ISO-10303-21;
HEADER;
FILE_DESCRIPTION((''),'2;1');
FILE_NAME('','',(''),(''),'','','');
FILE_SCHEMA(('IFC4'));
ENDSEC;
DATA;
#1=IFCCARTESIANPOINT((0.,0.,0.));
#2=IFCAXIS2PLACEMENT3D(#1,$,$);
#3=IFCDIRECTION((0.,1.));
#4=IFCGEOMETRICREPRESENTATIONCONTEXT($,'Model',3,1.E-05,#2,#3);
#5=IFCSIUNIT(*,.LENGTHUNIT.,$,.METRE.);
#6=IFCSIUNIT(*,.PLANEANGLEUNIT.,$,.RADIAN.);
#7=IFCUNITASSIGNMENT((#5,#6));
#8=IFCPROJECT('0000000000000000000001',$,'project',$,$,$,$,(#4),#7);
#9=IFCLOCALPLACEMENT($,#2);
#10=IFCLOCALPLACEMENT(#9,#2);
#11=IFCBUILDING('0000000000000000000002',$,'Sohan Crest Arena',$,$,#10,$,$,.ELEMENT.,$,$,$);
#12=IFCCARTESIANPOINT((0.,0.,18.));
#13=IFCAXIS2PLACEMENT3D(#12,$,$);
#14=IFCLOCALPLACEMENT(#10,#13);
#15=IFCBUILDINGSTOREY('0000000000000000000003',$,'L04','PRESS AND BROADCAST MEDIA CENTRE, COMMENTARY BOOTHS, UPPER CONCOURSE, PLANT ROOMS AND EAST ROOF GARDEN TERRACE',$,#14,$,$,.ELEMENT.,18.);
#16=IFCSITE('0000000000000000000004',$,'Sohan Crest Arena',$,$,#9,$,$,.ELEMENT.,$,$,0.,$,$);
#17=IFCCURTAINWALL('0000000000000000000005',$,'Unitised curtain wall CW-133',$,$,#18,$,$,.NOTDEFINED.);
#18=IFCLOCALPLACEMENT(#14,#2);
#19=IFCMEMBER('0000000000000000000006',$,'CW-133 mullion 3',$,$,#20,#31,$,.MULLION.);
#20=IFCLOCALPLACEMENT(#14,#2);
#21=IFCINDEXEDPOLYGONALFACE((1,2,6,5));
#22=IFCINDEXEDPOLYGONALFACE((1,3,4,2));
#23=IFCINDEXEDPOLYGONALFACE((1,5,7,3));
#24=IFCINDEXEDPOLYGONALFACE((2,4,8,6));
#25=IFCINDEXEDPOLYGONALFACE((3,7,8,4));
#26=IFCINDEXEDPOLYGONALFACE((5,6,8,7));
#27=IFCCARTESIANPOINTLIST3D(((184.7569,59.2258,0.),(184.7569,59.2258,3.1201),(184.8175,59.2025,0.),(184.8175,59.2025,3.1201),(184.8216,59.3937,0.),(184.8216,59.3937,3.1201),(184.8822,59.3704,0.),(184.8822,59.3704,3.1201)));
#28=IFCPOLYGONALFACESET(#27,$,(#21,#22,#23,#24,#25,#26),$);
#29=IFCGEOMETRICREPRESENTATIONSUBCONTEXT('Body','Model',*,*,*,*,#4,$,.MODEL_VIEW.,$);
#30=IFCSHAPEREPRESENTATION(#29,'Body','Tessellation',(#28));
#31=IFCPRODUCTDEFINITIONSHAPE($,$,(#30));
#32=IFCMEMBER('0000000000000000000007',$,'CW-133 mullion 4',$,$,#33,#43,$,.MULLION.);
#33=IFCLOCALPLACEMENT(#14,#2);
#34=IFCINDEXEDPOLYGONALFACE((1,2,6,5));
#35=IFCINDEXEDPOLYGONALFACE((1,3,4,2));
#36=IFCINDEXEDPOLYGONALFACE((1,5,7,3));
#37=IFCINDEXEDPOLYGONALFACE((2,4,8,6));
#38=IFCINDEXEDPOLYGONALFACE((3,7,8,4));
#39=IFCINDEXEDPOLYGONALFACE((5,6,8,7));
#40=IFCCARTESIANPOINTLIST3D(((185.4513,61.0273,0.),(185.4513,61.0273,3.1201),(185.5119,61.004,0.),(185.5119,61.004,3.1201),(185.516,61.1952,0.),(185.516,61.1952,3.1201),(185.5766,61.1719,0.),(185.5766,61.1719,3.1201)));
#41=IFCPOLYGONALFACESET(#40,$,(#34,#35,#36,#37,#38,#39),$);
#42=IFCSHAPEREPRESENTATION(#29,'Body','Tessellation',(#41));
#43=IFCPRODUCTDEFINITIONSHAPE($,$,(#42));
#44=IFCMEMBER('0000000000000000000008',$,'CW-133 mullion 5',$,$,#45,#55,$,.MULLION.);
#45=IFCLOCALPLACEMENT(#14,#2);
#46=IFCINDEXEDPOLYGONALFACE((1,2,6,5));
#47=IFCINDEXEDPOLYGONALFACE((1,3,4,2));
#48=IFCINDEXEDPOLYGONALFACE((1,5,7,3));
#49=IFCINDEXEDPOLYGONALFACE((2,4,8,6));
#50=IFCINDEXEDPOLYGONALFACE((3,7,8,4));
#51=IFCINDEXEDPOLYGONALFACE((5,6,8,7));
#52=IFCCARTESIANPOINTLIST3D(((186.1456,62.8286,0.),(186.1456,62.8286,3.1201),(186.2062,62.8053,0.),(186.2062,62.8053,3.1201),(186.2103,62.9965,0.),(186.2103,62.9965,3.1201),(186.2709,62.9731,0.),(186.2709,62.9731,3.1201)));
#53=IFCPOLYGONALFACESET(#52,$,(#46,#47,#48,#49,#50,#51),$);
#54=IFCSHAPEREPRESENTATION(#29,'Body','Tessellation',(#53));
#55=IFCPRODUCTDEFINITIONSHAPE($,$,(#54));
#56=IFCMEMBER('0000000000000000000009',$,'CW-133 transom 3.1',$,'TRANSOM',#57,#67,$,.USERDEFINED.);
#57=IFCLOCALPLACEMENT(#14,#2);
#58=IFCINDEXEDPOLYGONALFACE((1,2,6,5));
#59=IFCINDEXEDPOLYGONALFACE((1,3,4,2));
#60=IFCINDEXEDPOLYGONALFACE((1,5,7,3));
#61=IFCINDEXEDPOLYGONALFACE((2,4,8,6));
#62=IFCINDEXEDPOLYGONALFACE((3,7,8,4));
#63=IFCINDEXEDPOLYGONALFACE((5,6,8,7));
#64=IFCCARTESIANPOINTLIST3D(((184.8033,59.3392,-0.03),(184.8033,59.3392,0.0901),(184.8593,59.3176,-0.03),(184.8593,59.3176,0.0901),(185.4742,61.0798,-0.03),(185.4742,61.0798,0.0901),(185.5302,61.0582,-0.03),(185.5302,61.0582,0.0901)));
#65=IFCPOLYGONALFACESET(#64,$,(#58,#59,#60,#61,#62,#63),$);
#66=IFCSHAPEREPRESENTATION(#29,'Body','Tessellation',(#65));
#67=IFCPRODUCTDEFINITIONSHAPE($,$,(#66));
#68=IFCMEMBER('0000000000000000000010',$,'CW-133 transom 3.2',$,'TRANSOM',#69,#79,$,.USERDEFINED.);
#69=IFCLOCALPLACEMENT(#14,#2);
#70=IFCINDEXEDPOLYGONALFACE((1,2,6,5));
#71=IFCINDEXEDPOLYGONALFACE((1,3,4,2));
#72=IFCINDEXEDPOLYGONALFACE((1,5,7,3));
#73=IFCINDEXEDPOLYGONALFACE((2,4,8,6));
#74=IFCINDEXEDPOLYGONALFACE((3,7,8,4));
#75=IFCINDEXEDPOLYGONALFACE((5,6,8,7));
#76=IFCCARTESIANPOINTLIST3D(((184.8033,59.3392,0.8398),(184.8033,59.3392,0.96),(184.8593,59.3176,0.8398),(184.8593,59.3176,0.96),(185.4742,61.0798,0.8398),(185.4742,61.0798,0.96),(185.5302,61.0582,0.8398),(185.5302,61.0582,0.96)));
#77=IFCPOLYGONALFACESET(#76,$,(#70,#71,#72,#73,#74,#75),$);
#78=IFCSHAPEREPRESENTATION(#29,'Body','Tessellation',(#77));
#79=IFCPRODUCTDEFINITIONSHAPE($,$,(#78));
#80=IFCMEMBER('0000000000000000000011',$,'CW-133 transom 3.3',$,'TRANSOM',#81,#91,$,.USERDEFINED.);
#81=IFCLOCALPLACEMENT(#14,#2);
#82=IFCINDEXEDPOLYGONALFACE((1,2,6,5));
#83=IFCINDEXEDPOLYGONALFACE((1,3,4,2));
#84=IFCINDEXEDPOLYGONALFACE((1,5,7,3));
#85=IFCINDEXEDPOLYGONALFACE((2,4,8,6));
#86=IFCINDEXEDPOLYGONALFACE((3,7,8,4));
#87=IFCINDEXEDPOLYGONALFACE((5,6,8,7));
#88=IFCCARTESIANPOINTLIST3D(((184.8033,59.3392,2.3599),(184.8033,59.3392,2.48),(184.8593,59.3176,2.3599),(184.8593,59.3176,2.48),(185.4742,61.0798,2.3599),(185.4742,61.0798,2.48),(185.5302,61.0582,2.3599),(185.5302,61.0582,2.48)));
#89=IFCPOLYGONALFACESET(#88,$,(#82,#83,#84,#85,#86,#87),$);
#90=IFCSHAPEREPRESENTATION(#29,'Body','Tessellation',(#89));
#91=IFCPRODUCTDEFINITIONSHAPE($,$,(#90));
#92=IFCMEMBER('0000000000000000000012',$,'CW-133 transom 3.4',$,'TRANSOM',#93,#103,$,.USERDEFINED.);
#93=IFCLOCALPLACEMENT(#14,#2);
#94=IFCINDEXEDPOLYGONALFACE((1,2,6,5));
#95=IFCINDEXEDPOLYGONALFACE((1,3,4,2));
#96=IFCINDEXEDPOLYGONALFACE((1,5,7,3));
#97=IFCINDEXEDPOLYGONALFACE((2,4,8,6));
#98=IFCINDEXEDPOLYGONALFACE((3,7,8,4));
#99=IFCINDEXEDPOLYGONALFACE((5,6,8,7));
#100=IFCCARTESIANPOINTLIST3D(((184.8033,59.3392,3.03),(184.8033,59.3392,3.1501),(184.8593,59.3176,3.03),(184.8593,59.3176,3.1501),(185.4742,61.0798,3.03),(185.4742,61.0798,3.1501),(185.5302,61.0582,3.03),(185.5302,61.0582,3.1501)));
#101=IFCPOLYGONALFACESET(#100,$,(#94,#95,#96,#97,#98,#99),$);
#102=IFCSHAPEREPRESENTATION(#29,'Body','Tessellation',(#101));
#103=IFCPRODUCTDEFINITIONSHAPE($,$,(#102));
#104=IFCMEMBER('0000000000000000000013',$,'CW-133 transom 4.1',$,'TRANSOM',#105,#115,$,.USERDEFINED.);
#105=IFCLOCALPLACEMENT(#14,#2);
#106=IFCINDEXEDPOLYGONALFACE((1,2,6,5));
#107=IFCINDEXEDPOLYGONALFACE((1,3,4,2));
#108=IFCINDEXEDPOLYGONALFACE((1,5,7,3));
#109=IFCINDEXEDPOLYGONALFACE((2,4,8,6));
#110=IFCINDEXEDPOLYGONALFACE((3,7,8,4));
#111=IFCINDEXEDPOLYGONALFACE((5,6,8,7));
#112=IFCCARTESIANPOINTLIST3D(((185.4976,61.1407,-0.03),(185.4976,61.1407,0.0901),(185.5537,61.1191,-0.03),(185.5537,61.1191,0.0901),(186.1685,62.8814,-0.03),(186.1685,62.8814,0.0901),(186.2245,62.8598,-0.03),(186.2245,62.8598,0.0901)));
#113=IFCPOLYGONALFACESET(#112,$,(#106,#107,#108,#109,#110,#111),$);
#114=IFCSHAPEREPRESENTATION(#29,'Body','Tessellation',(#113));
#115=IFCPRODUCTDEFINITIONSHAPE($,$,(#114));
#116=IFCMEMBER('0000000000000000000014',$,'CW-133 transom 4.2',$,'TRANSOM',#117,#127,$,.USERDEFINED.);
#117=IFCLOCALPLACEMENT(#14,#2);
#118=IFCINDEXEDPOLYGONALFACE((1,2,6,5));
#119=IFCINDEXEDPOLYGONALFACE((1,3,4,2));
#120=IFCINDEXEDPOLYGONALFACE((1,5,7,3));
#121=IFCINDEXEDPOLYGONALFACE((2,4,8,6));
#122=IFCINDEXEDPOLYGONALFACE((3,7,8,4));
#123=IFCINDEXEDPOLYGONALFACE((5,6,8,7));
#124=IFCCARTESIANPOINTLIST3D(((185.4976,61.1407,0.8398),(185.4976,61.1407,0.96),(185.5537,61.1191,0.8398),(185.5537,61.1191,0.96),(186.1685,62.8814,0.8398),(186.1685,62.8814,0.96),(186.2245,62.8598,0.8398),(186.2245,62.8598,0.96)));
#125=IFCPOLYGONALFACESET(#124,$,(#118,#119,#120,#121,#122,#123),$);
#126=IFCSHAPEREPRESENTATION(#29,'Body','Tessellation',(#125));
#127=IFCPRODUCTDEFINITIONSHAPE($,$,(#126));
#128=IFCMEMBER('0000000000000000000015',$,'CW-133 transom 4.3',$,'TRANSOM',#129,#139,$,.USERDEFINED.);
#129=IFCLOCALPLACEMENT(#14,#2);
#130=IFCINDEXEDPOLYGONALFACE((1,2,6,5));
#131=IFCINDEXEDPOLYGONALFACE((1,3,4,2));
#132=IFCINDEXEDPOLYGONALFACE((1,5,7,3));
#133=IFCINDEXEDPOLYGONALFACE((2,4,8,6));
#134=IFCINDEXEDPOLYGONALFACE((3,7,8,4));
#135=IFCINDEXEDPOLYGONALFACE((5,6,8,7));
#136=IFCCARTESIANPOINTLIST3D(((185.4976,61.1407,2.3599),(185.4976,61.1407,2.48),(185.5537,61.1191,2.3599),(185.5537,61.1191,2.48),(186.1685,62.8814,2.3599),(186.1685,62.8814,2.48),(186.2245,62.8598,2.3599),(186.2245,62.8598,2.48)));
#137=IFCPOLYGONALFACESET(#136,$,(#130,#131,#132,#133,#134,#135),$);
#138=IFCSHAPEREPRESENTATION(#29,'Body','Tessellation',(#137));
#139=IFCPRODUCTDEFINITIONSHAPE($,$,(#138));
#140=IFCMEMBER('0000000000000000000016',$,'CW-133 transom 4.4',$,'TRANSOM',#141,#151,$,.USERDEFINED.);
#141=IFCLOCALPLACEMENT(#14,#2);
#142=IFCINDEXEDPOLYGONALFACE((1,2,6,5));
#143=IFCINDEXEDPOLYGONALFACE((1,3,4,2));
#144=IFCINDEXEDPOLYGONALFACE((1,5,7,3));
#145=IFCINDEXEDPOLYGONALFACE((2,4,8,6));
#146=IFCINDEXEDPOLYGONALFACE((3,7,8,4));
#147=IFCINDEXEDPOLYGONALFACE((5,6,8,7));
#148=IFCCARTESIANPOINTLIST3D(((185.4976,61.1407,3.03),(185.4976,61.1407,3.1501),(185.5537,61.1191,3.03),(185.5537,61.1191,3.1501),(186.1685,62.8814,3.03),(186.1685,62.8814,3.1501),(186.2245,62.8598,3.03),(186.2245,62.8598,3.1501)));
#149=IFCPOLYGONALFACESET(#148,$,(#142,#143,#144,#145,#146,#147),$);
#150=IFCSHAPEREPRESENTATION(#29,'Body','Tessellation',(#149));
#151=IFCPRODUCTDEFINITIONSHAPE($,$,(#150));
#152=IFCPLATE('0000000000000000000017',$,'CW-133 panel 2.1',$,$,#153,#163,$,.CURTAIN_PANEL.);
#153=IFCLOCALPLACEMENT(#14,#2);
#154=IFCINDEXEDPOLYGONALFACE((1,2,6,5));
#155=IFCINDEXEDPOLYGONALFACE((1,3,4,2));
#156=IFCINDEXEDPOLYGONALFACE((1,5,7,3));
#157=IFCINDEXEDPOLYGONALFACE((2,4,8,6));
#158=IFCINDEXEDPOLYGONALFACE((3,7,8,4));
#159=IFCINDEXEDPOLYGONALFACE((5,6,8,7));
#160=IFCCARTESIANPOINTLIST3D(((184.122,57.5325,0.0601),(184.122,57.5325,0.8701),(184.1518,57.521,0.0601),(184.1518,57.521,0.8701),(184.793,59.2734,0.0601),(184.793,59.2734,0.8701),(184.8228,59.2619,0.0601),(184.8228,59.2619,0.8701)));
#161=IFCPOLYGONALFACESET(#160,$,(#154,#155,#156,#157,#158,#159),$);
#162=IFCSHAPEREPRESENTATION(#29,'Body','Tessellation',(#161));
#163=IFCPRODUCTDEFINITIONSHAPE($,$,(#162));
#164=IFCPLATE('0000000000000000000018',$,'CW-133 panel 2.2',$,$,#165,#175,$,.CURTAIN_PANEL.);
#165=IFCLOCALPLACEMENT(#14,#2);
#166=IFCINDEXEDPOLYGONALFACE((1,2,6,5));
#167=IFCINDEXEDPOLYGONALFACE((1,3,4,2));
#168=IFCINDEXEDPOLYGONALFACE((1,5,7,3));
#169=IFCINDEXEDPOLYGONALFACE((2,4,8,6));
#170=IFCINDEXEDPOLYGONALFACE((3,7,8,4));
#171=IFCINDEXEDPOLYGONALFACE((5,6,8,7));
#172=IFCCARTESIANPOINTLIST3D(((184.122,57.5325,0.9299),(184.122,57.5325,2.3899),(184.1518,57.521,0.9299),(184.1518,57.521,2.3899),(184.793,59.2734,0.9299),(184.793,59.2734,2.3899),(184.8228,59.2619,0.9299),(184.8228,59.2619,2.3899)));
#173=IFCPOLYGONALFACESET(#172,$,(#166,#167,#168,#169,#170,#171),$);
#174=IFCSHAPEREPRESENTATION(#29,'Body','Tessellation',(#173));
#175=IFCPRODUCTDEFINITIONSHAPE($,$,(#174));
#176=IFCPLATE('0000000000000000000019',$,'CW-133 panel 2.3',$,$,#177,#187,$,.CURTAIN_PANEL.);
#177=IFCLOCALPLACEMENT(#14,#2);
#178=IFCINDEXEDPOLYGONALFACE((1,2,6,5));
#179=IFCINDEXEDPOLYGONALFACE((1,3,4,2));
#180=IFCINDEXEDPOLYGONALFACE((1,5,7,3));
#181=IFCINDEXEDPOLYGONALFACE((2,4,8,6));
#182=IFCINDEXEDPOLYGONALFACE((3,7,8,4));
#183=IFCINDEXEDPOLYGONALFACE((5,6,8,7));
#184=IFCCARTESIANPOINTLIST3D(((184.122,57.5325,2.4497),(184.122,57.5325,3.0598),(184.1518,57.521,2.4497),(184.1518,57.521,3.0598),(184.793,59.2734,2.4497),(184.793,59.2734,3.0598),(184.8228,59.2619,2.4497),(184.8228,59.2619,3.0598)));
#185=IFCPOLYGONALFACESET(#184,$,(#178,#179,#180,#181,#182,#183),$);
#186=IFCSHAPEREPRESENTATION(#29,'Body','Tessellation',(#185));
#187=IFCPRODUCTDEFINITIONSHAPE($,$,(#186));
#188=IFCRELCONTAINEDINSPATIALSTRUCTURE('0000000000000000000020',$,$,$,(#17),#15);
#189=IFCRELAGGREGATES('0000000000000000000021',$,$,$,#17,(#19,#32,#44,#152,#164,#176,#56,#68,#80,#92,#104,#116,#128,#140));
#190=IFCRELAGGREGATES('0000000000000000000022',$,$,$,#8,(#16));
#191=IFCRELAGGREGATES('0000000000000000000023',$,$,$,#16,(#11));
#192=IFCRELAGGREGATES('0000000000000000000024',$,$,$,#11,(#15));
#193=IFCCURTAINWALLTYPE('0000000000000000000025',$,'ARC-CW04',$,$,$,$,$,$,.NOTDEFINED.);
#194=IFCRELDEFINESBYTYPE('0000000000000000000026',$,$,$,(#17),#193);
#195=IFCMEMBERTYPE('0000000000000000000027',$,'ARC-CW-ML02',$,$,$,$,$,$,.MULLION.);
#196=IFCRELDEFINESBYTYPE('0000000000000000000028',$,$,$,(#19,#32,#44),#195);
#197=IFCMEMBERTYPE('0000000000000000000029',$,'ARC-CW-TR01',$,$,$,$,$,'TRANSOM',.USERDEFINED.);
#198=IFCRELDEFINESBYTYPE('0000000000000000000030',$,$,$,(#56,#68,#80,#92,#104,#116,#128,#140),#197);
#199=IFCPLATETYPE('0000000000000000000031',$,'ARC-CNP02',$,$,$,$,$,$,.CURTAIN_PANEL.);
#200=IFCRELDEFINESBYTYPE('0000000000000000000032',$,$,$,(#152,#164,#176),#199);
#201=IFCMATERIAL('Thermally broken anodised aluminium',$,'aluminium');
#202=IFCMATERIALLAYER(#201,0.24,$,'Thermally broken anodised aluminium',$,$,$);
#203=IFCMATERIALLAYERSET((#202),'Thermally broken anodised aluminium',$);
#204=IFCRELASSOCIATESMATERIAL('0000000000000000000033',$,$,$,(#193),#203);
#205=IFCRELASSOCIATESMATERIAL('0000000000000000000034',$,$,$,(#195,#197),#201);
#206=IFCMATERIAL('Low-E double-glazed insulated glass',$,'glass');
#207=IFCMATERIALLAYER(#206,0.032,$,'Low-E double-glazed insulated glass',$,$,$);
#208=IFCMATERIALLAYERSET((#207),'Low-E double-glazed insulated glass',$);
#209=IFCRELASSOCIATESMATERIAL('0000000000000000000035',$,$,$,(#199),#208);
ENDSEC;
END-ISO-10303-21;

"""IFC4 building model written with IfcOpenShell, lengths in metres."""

from ifc_helpers import new_model, si_unit, direction, frame, origin, origin_2d, place, context, subcontext, project, spatial, rectangle, extrude, material, layer, layer_set, material_profile, profile_set, type_object, element, aggregate, save


model = new_model("IFC4")

# Units and contexts
model_context = context("Model", 3, precision=1e-05, world=origin(), true_north=direction((0.0, 1.0)))
body_context = subcontext(model_context, "Body", "Model", "MODEL_VIEW")
ifc_project = project(units=[si_unit("LENGTHUNIT", "METRE"), si_unit("PLANEANGLEUNIT", "RADIAN")], contexts=[model_context])

# Site, building, storey
site_placement = place(None, origin())
site = spatial("IfcSite", under=ifc_project, at=site_placement, Name="Sohan Crest Arena", CompositionType="ELEMENT", RefElevation=0.0)
building_placement = place(site_placement, origin())
building = spatial("IfcBuilding", under=site, at=building_placement, Name="Sohan Crest Arena", CompositionType="ELEMENT")
storey_placement = place(building_placement, frame((0.0, 0.0, 18.0)))
storey = spatial("IfcBuildingStorey", under=building, at=storey_placement, Name="L04", Description="PRESS AND BROADCAST MEDIA CENTRE, COMMENTARY BOOTHS, UPPER CONCOURSE, PLANT ROOMS AND EAST ROOF GARDEN TERRACE", CompositionType="ELEMENT", Elevation=18.0)

# Curtain wall, members, plates
ifc_material_1 = material(Name="Thermally broken anodised aluminium", Category="aluminium")
ifc_layer_1 = layer(ifc_material_1, 0.24, Name="Thermally broken anodised aluminium")
ifc_layer_set_1 = layer_set([ifc_layer_1], Name="Thermally broken anodised aluminium")
curtain_wall_type = type_object("IfcCurtainWallType", Name="ARC-CW04", PredefinedType="NOTDEFINED", material=ifc_layer_set_1)
curtain_wall_placement = place(storey_placement, origin())
curtain_wall = element("IfcCurtainWall", 1, at=curtain_wall_placement, inside=storey, type_object=curtain_wall_type, Name="Unitised curtain wall CW-133", PredefinedType="NOTDEFINED")
ifc_material_profile_1 = material_profile(ifc_material_1, rectangle(XDim=0.0649, YDim=0.1799, at=origin_2d()), Name="ALU-MULL 65x180")
ifc_profile_set_1 = profile_set([ifc_material_profile_1], Name="Thermally broken anodised aluminium")
member_type_1 = type_object("IfcMemberType", Name="ARC-CW-ML02", PredefinedType="MULLION", material=ifc_profile_set_1)
member_1_placement = place(storey_placement, frame((184.8196, 59.2981, 0.0), z_axis=(0.0, 0.0, 1.0), x_axis=(-0.933094, 0.359633, 0.0)))
member_1 = element("IfcMember", 2, at=member_1_placement, type_object=member_type_1, Name="CW-133 mullion 3", PredefinedType="MULLION", context=body_context, shape_type="SweptSolid", body=[
    extrude(rectangle(XDim=0.0649, YDim=0.1799, at=origin_2d()), origin(), (0.0, 0.0, 1.0), 3.1201),
])
member_2_placement = place(storey_placement, frame((185.5139, 61.0996, 0.0), z_axis=(0.0, 0.0, 1.0), x_axis=(-0.933094, 0.359633, 0.0)))
member_2 = element("IfcMember", 3, at=member_2_placement, type_object=member_type_1, Name="CW-133 mullion 4", PredefinedType="MULLION", context=body_context, shape_type="SweptSolid", body=[
    extrude(rectangle(XDim=0.0649, YDim=0.1799, at=origin_2d()), origin(), (0.0, 0.0, 1.0), 3.1201),
])
member_3_placement = place(storey_placement, frame((186.2083, 62.9009, 0.0), z_axis=(0.0, 0.0, 1.0), x_axis=(-0.933094, 0.359633, 0.0)))
member_3 = element("IfcMember", 4, at=member_3_placement, type_object=member_type_1, Name="CW-133 mullion 5", PredefinedType="MULLION", context=body_context, shape_type="SweptSolid", body=[
    extrude(rectangle(XDim=0.0649, YDim=0.1799, at=origin_2d()), origin(), (0.0, 0.0, 1.0), 3.1201),
])
ifc_material_profile_2 = material_profile(ifc_material_1, rectangle(XDim=0.0601, YDim=0.1201, at=origin_2d()), Name="ALU-TRAN 60x120")
ifc_profile_set_2 = profile_set([ifc_material_profile_2], Name="Thermally broken anodised aluminium")
member_type_2 = type_object("IfcMemberType", Name="ARC-CW-TR01", ElementType="TRANSOM", PredefinedType="USERDEFINED", material=ifc_profile_set_2)
member_4_placement = place(storey_placement, frame((184.8313, 59.3284, 0.03), z_axis=(0.359628, 0.933096, 0.0), x_axis=(-0.933096, 0.359628, 0.0)))
member_4 = element("IfcMember", 5, at=member_4_placement, type_object=member_type_2, Name="CW-133 transom 3.1", ObjectType="TRANSOM", PredefinedType="USERDEFINED", context=body_context, shape_type="SweptSolid", body=[
    extrude(rectangle(XDim=0.0601, YDim=0.1201, at=origin_2d()), origin(), (0.0, 0.0, 1.0), 1.8655),
])
member_5_placement = place(storey_placement, frame((184.8313, 59.3284, 0.8999), z_axis=(0.359628, 0.933096, 0.0), x_axis=(-0.933096, 0.359628, 0.0)))
member_5 = element("IfcMember", 6, at=member_5_placement, type_object=member_type_2, Name="CW-133 transom 3.2", ObjectType="TRANSOM", PredefinedType="USERDEFINED", context=body_context, shape_type="SweptSolid", body=[
    extrude(rectangle(XDim=0.0601, YDim=0.1201, at=origin_2d()), origin(), (0.0, 0.0, 1.0), 1.8655),
])
member_6_placement = place(storey_placement, frame((184.8313, 59.3284, 2.4199), z_axis=(0.359628, 0.933096, 0.0), x_axis=(-0.933096, 0.359628, 0.0)))
member_6 = element("IfcMember", 7, at=member_6_placement, type_object=member_type_2, Name="CW-133 transom 3.3", ObjectType="TRANSOM", PredefinedType="USERDEFINED", context=body_context, shape_type="SweptSolid", body=[
    extrude(rectangle(XDim=0.0601, YDim=0.1201, at=origin_2d()), origin(), (0.0, 0.0, 1.0), 1.8655),
])
member_7_placement = place(storey_placement, frame((184.8313, 59.3284, 3.0901), z_axis=(0.359628, 0.933096, 0.0), x_axis=(-0.933096, 0.359628, 0.0)))
member_7 = element("IfcMember", 8, at=member_7_placement, type_object=member_type_2, Name="CW-133 transom 3.4", ObjectType="TRANSOM", PredefinedType="USERDEFINED", context=body_context, shape_type="SweptSolid", body=[
    extrude(rectangle(XDim=0.0601, YDim=0.1201, at=origin_2d()), origin(), (0.0, 0.0, 1.0), 1.8655),
])
member_8_placement = place(storey_placement, frame((185.5256, 61.1299, 0.03), z_axis=(0.359628, 0.933096, 0.0), x_axis=(-0.933096, 0.359628, 0.0)))
member_8 = element("IfcMember", 9, at=member_8_placement, type_object=member_type_2, Name="CW-133 transom 4.1", ObjectType="TRANSOM", PredefinedType="USERDEFINED", context=body_context, shape_type="SweptSolid", body=[
    extrude(rectangle(XDim=0.0601, YDim=0.1201, at=origin_2d()), origin(), (0.0, 0.0, 1.0), 1.8655),
])
member_9_placement = place(storey_placement, frame((185.5256, 61.1299, 0.8999), z_axis=(0.359628, 0.933096, 0.0), x_axis=(-0.933096, 0.359628, 0.0)))
member_9 = element("IfcMember", 10, at=member_9_placement, type_object=member_type_2, Name="CW-133 transom 4.2", ObjectType="TRANSOM", PredefinedType="USERDEFINED", context=body_context, shape_type="SweptSolid", body=[
    extrude(rectangle(XDim=0.0601, YDim=0.1201, at=origin_2d()), origin(), (0.0, 0.0, 1.0), 1.8655),
])
member_10_placement = place(storey_placement, frame((185.5256, 61.1299, 2.4199), z_axis=(0.359628, 0.933096, 0.0), x_axis=(-0.933096, 0.359628, 0.0)))
member_10 = element("IfcMember", 11, at=member_10_placement, type_object=member_type_2, Name="CW-133 transom 4.3", ObjectType="TRANSOM", PredefinedType="USERDEFINED", context=body_context, shape_type="SweptSolid", body=[
    extrude(rectangle(XDim=0.0601, YDim=0.1201, at=origin_2d()), origin(), (0.0, 0.0, 1.0), 1.8655),
])
member_11_placement = place(storey_placement, frame((185.5256, 61.1299, 3.0901), z_axis=(0.359628, 0.933096, 0.0), x_axis=(-0.933096, 0.359628, 0.0)))
member_11 = element("IfcMember", 12, at=member_11_placement, type_object=member_type_2, Name="CW-133 transom 4.4", ObjectType="TRANSOM", PredefinedType="USERDEFINED", context=body_context, shape_type="SweptSolid", body=[
    extrude(rectangle(XDim=0.0601, YDim=0.1201, at=origin_2d()), origin(), (0.0, 0.0, 1.0), 1.8655),
])
ifc_material_2 = material(Name="Low-E double-glazed insulated glass", Category="glass")
ifc_layer_2 = layer(ifc_material_2, 0.032, Name="Low-E double-glazed insulated glass")
ifc_layer_set_2 = layer_set([ifc_layer_2], Name="Low-E double-glazed insulated glass")
plate_type = type_object("IfcPlateType", Name="ARC-CNP02", PredefinedType="CURTAIN_PANEL", material=ifc_layer_set_2)
plate_1_placement = place(storey_placement, frame((184.4724, 58.3972, 0.0601), z_axis=(0.0, 0.0, 1.0), x_axis=(0.359633, 0.933094, 0.0)))
plate_1 = element("IfcPlate", 13, at=plate_1_placement, type_object=plate_type, Name="CW-133 panel 2.1", PredefinedType="CURTAIN_PANEL", context=body_context, shape_type="SweptSolid", body=[
    extrude(rectangle(XDim=1.8657, YDim=0.032, at=origin_2d()), origin(), (0.0, 0.0, 1.0), 0.8101),
])
plate_2_placement = place(storey_placement, frame((184.4724, 58.3972, 0.9299), z_axis=(0.0, 0.0, 1.0), x_axis=(0.359633, 0.933094, 0.0)))
plate_2 = element("IfcPlate", 14, at=plate_2_placement, type_object=plate_type, Name="CW-133 panel 2.2", PredefinedType="CURTAIN_PANEL", context=body_context, shape_type="SweptSolid", body=[
    extrude(rectangle(XDim=1.8657, YDim=0.032, at=origin_2d()), origin(), (0.0, 0.0, 1.0), 1.46),
])
plate_3_placement = place(storey_placement, frame((184.4724, 58.3972, 2.4497), z_axis=(0.0, 0.0, 1.0), x_axis=(0.359633, 0.933094, 0.0)))
plate_3 = element("IfcPlate", 15, at=plate_3_placement, type_object=plate_type, Name="CW-133 panel 2.3", PredefinedType="CURTAIN_PANEL", context=body_context, shape_type="SweptSolid", body=[
    extrude(rectangle(XDim=1.8657, YDim=0.032, at=origin_2d()), origin(), (0.0, 0.0, 1.0), 0.6101),
])
aggregate(curtain_wall, [member_1, member_2, member_3, plate_1, plate_2, plate_3, member_4, member_5, member_6, member_7, member_8, member_9, member_10, member_11])

save(model, "model.ifc")
